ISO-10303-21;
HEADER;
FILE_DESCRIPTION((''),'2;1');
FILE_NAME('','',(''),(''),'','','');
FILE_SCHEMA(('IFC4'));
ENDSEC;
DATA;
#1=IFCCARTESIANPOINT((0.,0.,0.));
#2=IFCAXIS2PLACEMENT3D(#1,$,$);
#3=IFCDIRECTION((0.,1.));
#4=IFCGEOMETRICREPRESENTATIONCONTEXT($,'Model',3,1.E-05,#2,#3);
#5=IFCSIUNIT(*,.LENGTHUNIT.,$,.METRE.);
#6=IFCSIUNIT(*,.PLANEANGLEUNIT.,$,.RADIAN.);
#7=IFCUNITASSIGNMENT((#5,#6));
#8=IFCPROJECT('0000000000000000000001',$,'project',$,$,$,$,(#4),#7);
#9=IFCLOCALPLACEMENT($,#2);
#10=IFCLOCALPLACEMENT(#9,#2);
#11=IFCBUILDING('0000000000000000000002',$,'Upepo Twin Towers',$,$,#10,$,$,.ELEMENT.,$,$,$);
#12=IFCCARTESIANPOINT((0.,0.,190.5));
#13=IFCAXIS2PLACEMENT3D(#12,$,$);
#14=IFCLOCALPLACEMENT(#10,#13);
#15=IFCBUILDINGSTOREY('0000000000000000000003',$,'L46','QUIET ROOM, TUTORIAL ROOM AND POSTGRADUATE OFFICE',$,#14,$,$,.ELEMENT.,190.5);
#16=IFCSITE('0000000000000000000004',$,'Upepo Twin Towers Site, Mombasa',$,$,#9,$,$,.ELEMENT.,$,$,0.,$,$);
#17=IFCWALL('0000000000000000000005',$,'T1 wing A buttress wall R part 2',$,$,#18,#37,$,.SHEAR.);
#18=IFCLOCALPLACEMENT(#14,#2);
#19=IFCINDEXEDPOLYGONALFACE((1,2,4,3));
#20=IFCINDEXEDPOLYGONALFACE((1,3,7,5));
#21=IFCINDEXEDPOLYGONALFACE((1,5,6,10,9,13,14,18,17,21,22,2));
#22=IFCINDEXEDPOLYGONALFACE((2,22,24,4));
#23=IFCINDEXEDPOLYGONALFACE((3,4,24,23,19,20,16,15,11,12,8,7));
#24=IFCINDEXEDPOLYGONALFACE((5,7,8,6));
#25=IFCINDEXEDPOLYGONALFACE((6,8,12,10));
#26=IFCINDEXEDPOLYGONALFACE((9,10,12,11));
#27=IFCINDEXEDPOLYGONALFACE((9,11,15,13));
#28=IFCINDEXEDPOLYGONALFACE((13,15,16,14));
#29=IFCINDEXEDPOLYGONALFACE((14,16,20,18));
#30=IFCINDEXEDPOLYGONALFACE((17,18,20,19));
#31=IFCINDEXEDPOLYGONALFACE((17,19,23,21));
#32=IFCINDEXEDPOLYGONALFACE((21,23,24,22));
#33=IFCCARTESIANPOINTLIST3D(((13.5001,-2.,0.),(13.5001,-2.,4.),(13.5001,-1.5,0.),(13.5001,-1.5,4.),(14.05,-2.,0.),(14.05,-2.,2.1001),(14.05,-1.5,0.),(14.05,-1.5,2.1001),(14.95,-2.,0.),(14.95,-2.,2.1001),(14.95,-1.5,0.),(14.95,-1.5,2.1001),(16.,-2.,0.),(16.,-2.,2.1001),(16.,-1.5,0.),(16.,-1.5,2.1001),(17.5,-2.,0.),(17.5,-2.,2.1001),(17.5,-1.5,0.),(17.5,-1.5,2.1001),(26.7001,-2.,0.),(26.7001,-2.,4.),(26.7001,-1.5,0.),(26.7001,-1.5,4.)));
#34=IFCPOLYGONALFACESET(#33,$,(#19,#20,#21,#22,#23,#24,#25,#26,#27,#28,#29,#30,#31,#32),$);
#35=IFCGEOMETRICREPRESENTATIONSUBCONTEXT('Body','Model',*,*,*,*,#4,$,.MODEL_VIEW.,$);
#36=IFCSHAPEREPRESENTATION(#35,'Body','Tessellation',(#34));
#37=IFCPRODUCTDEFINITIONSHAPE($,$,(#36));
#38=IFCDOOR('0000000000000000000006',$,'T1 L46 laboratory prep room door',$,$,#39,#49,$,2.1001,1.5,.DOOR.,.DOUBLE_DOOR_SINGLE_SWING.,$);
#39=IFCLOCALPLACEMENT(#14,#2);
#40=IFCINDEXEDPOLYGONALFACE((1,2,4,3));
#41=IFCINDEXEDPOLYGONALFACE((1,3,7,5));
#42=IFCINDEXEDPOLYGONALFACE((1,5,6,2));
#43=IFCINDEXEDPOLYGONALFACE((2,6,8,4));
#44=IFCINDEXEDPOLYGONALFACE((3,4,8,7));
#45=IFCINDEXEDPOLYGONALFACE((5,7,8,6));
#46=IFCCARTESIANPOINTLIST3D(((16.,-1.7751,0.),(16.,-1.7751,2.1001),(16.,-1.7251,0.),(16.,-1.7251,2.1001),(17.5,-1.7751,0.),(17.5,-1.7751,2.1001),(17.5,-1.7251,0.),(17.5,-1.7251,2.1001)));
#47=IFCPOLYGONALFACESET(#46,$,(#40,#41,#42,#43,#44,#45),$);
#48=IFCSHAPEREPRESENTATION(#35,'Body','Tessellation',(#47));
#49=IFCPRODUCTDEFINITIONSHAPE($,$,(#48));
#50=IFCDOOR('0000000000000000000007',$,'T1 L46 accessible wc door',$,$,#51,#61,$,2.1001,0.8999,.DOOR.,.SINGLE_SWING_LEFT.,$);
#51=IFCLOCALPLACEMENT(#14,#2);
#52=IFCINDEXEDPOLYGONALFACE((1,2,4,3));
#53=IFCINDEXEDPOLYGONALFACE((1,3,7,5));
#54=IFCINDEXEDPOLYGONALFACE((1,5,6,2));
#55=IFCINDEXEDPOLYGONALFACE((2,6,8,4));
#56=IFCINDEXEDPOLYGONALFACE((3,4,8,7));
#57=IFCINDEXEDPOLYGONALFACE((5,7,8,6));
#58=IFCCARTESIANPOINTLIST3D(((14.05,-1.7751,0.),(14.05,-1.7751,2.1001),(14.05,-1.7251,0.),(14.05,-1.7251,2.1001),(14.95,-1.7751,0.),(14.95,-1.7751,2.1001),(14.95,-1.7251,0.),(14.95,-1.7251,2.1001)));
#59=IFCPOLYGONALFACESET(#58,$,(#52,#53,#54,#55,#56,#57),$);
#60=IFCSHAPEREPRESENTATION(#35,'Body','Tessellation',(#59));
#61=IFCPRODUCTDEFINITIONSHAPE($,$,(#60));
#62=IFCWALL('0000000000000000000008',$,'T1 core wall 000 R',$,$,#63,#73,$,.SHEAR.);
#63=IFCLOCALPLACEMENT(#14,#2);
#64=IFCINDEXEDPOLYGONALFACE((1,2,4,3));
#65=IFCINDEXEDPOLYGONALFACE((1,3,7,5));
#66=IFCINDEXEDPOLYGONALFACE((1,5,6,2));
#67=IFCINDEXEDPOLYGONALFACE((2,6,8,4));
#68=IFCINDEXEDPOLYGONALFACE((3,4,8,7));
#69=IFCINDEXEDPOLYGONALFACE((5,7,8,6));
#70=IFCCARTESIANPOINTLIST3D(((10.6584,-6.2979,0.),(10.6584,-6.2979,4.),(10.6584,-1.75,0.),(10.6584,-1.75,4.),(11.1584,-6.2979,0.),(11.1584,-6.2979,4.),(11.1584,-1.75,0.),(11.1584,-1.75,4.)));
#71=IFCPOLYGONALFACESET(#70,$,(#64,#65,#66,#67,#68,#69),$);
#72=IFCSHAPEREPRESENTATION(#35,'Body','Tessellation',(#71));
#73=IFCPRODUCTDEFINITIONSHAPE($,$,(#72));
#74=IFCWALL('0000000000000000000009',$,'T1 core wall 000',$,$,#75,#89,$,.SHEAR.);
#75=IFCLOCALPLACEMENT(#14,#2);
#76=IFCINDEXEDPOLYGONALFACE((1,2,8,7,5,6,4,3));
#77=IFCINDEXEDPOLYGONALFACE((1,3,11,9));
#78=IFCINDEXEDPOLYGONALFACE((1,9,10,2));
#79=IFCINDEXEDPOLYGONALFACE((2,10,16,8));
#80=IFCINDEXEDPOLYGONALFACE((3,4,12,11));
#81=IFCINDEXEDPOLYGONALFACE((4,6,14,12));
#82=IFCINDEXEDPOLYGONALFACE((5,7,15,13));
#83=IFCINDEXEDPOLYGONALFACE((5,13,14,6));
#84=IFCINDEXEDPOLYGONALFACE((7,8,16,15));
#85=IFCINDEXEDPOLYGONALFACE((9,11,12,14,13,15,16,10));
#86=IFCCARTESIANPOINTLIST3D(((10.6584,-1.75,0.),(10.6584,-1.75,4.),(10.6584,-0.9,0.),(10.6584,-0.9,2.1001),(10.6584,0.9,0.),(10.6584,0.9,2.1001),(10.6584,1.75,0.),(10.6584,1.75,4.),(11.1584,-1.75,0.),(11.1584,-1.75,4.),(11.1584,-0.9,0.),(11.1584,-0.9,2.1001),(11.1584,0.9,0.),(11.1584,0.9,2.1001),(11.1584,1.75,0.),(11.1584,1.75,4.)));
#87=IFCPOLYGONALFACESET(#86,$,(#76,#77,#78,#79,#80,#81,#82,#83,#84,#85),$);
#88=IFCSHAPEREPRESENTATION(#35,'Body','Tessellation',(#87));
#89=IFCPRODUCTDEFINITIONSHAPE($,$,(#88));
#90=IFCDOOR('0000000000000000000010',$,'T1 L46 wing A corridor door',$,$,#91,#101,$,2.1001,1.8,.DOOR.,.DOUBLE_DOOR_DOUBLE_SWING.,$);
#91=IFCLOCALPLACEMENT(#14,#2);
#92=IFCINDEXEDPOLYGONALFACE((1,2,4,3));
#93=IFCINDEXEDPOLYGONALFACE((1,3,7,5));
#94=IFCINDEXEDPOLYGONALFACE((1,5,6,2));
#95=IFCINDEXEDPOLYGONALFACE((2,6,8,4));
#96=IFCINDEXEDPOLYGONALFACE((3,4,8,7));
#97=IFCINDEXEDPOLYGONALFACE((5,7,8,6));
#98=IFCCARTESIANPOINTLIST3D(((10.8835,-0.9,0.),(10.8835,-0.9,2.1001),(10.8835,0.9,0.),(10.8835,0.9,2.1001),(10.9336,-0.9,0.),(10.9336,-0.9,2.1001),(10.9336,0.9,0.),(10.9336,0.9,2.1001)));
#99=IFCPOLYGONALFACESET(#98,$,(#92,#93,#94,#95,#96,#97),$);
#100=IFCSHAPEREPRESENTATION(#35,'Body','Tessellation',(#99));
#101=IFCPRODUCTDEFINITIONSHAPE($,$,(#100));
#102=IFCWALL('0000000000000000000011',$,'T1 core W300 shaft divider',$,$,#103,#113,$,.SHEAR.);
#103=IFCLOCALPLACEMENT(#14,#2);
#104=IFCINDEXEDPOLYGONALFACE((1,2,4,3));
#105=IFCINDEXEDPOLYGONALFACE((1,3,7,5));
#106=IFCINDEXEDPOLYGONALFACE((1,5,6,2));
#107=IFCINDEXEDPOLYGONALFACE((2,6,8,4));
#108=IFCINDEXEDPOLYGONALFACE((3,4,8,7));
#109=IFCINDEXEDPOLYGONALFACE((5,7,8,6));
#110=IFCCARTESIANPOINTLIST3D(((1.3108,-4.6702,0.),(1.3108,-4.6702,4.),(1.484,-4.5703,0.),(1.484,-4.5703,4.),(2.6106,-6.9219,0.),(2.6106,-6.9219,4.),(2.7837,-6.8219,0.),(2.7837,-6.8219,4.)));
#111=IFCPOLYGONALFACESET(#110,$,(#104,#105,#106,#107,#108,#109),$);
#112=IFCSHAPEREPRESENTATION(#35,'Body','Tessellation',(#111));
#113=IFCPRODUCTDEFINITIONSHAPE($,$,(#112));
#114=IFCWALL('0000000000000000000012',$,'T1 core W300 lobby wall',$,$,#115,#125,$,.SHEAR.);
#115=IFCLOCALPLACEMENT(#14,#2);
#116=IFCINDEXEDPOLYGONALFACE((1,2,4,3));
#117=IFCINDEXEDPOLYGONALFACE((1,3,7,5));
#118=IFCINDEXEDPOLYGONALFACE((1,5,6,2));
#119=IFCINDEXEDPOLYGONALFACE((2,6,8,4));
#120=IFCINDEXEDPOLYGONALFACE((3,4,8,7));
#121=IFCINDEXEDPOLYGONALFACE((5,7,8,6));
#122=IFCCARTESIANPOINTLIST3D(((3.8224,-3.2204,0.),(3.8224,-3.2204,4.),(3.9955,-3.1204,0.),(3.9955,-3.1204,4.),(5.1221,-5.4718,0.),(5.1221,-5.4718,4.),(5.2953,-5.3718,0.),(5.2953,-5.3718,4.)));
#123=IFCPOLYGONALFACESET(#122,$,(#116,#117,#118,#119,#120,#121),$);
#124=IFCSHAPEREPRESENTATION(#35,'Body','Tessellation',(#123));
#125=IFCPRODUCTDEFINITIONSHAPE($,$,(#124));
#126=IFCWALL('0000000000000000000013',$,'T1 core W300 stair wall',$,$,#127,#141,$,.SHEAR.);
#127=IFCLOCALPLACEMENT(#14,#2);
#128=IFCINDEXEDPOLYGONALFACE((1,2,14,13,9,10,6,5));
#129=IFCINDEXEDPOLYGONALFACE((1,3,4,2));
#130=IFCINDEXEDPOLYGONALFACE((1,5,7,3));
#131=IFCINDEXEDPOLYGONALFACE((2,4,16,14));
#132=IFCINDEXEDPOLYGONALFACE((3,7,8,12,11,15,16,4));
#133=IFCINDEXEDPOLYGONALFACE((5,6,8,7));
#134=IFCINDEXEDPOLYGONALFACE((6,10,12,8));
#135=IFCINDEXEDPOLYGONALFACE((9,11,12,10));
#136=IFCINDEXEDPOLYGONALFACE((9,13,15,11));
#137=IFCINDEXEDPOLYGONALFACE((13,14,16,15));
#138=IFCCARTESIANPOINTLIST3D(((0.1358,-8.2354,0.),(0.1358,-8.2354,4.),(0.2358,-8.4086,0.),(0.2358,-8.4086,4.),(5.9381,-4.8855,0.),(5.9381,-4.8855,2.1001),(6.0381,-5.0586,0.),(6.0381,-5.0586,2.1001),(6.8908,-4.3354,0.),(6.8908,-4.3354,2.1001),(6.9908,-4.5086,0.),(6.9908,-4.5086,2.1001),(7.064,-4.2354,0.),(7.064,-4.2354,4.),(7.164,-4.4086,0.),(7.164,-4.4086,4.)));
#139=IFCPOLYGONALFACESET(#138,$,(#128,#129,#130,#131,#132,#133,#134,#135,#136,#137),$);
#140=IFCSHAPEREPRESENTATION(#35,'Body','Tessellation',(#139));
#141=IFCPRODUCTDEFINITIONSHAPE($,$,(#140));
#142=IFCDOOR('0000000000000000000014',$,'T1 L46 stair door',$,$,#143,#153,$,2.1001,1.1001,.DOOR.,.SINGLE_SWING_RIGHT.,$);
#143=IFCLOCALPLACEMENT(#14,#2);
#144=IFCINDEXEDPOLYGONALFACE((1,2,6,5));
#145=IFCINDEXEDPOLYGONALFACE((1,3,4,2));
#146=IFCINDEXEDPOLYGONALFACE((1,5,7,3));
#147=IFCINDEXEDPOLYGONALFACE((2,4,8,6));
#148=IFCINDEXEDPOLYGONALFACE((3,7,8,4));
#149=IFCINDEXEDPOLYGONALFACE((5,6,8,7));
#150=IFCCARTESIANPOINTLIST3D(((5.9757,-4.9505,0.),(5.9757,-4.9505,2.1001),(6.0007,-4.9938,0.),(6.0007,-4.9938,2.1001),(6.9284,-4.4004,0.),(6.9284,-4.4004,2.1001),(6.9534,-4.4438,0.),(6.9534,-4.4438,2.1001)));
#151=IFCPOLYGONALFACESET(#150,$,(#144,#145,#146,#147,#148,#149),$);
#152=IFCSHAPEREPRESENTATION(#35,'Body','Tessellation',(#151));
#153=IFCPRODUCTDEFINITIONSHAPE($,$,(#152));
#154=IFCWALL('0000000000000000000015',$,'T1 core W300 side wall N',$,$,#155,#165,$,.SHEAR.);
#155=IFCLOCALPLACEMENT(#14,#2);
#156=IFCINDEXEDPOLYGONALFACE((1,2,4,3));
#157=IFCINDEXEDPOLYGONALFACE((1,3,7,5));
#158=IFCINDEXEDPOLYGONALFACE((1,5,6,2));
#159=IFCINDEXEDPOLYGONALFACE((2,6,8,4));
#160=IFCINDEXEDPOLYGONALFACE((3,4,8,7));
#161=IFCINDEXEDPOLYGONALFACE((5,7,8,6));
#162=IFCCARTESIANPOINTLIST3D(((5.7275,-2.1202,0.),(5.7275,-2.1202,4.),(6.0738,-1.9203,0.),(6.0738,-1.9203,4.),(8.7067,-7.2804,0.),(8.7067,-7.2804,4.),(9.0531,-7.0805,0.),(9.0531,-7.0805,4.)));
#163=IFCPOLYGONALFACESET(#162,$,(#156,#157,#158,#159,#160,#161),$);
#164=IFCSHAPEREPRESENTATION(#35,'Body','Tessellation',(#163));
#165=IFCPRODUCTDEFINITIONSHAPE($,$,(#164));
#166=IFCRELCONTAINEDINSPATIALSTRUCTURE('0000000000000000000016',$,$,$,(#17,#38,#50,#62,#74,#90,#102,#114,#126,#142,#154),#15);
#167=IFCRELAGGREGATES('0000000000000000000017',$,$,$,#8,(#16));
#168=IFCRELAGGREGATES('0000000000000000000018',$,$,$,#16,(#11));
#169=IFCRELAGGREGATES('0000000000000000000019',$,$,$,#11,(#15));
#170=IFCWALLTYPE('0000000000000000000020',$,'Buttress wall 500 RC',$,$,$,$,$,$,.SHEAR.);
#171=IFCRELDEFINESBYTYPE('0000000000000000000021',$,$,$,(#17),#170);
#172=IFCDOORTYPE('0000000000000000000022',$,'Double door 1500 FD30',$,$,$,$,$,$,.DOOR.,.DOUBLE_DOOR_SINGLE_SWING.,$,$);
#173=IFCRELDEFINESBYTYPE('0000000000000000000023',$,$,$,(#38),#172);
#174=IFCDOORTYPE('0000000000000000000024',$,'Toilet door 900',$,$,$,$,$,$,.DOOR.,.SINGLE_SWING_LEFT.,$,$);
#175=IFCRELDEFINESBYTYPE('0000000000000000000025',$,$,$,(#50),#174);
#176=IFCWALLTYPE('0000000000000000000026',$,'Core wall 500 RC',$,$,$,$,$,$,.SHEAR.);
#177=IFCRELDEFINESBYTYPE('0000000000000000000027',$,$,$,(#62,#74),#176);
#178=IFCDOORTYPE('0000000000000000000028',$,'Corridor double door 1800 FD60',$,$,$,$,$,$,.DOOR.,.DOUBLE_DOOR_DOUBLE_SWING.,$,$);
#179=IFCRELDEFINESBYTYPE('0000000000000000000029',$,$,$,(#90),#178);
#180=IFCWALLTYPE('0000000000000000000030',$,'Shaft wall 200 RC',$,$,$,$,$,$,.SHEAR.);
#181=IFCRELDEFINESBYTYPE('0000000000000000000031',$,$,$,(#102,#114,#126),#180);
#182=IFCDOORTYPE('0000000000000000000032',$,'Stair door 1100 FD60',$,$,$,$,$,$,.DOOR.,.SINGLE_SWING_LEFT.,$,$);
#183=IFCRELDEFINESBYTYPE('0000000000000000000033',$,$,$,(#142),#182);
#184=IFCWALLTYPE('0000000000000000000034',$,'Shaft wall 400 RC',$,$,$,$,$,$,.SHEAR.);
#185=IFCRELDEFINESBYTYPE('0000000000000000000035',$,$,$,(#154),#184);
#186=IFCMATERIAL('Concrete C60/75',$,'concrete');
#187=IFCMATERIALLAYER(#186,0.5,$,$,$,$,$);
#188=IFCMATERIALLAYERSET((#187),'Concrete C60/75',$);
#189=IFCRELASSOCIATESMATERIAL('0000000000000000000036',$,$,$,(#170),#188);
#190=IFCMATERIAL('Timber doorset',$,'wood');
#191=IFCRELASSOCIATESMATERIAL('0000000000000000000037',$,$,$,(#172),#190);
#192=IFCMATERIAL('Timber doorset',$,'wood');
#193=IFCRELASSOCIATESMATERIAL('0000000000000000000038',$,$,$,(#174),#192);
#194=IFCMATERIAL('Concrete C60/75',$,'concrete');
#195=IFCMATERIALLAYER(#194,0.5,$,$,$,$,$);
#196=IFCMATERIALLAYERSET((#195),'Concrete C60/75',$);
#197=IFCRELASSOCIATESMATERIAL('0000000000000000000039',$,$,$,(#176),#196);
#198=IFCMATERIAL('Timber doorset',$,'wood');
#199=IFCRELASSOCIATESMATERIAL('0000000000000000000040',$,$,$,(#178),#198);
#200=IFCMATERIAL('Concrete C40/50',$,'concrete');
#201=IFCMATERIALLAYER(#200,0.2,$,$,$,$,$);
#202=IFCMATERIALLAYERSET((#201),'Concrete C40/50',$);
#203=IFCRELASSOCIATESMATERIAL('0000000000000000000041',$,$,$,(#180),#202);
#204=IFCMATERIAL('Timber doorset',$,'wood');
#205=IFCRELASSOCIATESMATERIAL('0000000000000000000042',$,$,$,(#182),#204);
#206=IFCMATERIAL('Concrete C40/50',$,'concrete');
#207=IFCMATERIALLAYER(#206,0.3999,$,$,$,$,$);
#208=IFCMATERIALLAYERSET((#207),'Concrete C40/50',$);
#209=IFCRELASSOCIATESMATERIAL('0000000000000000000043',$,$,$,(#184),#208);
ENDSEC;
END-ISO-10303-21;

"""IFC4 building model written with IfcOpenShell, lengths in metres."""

from ifc_helpers import new_model, si_unit, direction, frame, frame_2d, origin, place, context, subcontext, project, spatial, rectangle, extrude, material, layer, layer_set, type_object, element, fill, save


model = new_model("IFC4")

# Units and contexts
model_context = context("Model", 3, precision=1e-05, world=origin(), true_north=direction((0.0, 1.0)))
body_context = subcontext(model_context, "Body", "Model", "MODEL_VIEW")
ifc_project = project(units=[si_unit("LENGTHUNIT", "METRE"), si_unit("PLANEANGLEUNIT", "RADIAN")], contexts=[model_context])

# Site, building, storey
site_placement = place(None, origin())
site = spatial("IfcSite", under=ifc_project, at=site_placement, Name="Upepo Twin Towers Site, Mombasa", CompositionType="ELEMENT", RefElevation=0.0)
building_placement = place(site_placement, origin())
building = spatial("IfcBuilding", under=site, at=building_placement, Name="Upepo Twin Towers", CompositionType="ELEMENT")
storey_placement = place(building_placement, frame((0.0, 0.0, 190.5)))
storey = spatial("IfcBuildingStorey", under=building, at=storey_placement, Name="L46", Description="QUIET ROOM, TUTORIAL ROOM AND POSTGRADUATE OFFICE", CompositionType="ELEMENT", Elevation=190.5)

# Wall, openings, doors
ifc_material_1 = material(Name="Concrete C60/75", Category="concrete")
ifc_layer_1 = layer(ifc_material_1, 0.5)
ifc_layer_set_1 = layer_set([ifc_layer_1], Name="Concrete C60/75")
wall_type_1 = type_object("IfcWallType", Name="Buttress wall 500 RC", PredefinedType="SHEAR", material=ifc_layer_set_1)
wall_1_placement = place(storey_placement, frame((13.5, -1.75, 0.0), z_axis=(0.0, 0.0, 1.0), x_axis=(1.0, 0.0, 0.0)))
wall_1 = element("IfcWall", 1, at=wall_1_placement, inside=storey, type_object=wall_type_1, Name="T1 wing A buttress wall R part 2", PredefinedType="SHEAR", context=body_context, shape_type="SweptSolid", body=[
    extrude(rectangle(XDim=13.2, YDim=0.5, at=frame_2d((6.6001, 0.0))), origin(), (0.0, 0.0, 1.0), 4.0),
])
opening_1_placement = place(wall_1_placement, frame((0.55, 0.0, 0.0)))
opening_1 = element("IfcOpeningElement", 2, at=opening_1_placement, cuts=wall_1, PredefinedType="OPENING", context=body_context, shape_type="SweptSolid", body=[
    extrude(rectangle(XDim=0.8999, YDim=2.1001, at=frame_2d((0.45, 1.05))), frame((0.0, 0.26, 0.0), z_axis=(0.0, -1.0, 0.0), x_axis=(1.0, 0.0, 0.0)), (0.0, 0.0, 1.0), 0.52),
])
opening_2_placement = place(wall_1_placement, frame((2.5, 0.0, 0.0)))
opening_2 = element("IfcOpeningElement", 3, at=opening_2_placement, cuts=wall_1, PredefinedType="OPENING", context=body_context, shape_type="SweptSolid", body=[
    extrude(rectangle(XDim=1.5, YDim=2.1001, at=frame_2d((0.75, 1.05))), frame((0.0, 0.26, 0.0), z_axis=(0.0, -1.0, 0.0), x_axis=(1.0, 0.0, 0.0)), (0.0, 0.0, 1.0), 0.52),
])
ifc_material_2 = material(Name="Timber doorset", Category="wood")
door_type_1 = type_object("IfcDoorType", Name="Double door 1500 FD30", OperationType="DOUBLE_DOOR_SINGLE_SWING", PredefinedType="DOOR", material=ifc_material_2)
door_1_placement = place(opening_2_placement, origin())
door_1 = element("IfcDoor", 4, at=door_1_placement, inside=storey, type_object=door_type_1, Name="T1 L46 laboratory prep room door", OperationType="DOUBLE_DOOR_SINGLE_SWING", OverallHeight=2.1001, OverallWidth=1.5, PredefinedType="DOOR", context=body_context, shape_type="SweptSolid", body=[
    extrude(rectangle(XDim=1.5, YDim=2.1001, at=frame_2d((0.75, 1.05))), frame((0.0, 0.0249, 0.0), z_axis=(0.0, -1.0, 0.0), x_axis=(1.0, 0.0, 0.0)), (0.0, 0.0, 1.0), 0.05),
])
fill(opening_2, door_1)
ifc_material_3 = material(Name="Timber doorset", Category="wood")
door_type_2 = type_object("IfcDoorType", Name="Toilet door 900", OperationType="SINGLE_SWING_LEFT", PredefinedType="DOOR", material=ifc_material_3)
door_2_placement = place(opening_1_placement, origin())
door_2 = element("IfcDoor", 5, at=door_2_placement, inside=storey, type_object=door_type_2, Name="T1 L46 accessible wc door", OperationType="SINGLE_SWING_LEFT", OverallHeight=2.1001, OverallWidth=0.8999, PredefinedType="DOOR", context=body_context, shape_type="SweptSolid", body=[
    extrude(rectangle(XDim=0.8999, YDim=2.1001, at=frame_2d((0.45, 1.05))), frame((0.0, 0.0249, 0.0), z_axis=(0.0, -1.0, 0.0), x_axis=(1.0, 0.0, 0.0)), (0.0, 0.0, 1.0), 0.05),
])
fill(opening_1, door_2)

# Wall
ifc_material_4 = material(Name="Concrete C60/75", Category="concrete")
ifc_layer_2 = layer(ifc_material_4, 0.5)
ifc_layer_set_2 = layer_set([ifc_layer_2], Name="Concrete C60/75")
wall_type_2 = type_object("IfcWallType", Name="Core wall 500 RC", PredefinedType="SHEAR", material=ifc_layer_set_2)
wall_2_placement = place(storey_placement, frame((10.9084, -6.2979, 0.0), z_axis=(0.0, 0.0, 1.0), x_axis=(0.0, 1.0, 0.0)))
element("IfcWall", 6, at=wall_2_placement, inside=storey, type_object=wall_type_2, Name="T1 core wall 000 R", PredefinedType="SHEAR", context=body_context, shape_type="SweptSolid", body=[
    extrude(rectangle(XDim=4.5479, YDim=0.5, at=frame_2d((2.2739, 0.0))), origin(), (0.0, 0.0, 1.0), 4.0),
])

# Wall, opening, door
wall_3_placement = place(storey_placement, frame((10.9084, -1.75, 0.0), z_axis=(0.0, 0.0, 1.0), x_axis=(0.0, 1.0, 0.0)))
wall_3 = element("IfcWall", 7, at=wall_3_placement, inside=storey, type_object=wall_type_2, Name="T1 core wall 000", PredefinedType="SHEAR", context=body_context, shape_type="SweptSolid", body=[
    extrude(rectangle(XDim=3.5, YDim=0.5, at=frame_2d((1.75, 0.0))), origin(), (0.0, 0.0, 1.0), 4.0),
])
opening_3_placement = place(wall_3_placement, frame((0.8501, 0.0, 0.0)))
opening_3 = element("IfcOpeningElement", 8, at=opening_3_placement, cuts=wall_3, PredefinedType="OPENING", context=body_context, shape_type="SweptSolid", body=[
    extrude(rectangle(XDim=1.8, YDim=2.1001, at=frame_2d((0.8999, 1.05))), frame((0.0, 0.26, 0.0), z_axis=(0.0, -1.0, 0.0), x_axis=(1.0, 0.0, 0.0)), (0.0, 0.0, 1.0), 0.52),
])
ifc_material_5 = material(Name="Timber doorset", Category="wood")
door_type_3 = type_object("IfcDoorType", Name="Corridor double door 1800 FD60", OperationType="DOUBLE_DOOR_DOUBLE_SWING", PredefinedType="DOOR", material=ifc_material_5)
door_3_placement = place(opening_3_placement, origin())
door_3 = element("IfcDoor", 9, at=door_3_placement, inside=storey, type_object=door_type_3, Name="T1 L46 wing A corridor door", OperationType="DOUBLE_DOOR_DOUBLE_SWING", OverallHeight=2.1001, OverallWidth=1.8, PredefinedType="DOOR", context=body_context, shape_type="SweptSolid", body=[
    extrude(rectangle(XDim=1.8, YDim=2.1001, at=frame_2d((0.8999, 1.05))), frame((0.0, 0.0249, 0.0), z_axis=(0.0, -1.0, 0.0), x_axis=(1.0, 0.0, 0.0)), (0.0, 0.0, 1.0), 0.05),
])
fill(opening_3, door_3)

# Walls
ifc_material_6 = material(Name="Concrete C40/50", Category="concrete")
ifc_layer_3 = layer(ifc_material_6, 0.2)
ifc_layer_set_3 = layer_set([ifc_layer_3], Name="Concrete C40/50")
wall_type_3 = type_object("IfcWallType", Name="Shaft wall 200 RC", PredefinedType="SHEAR", material=ifc_layer_set_3)
wall_4_placement = place(storey_placement, frame((1.3975, -4.6204, 0.0), z_axis=(0.0, 0.0, 1.0), x_axis=(0.499937, -0.866062, 0.0)))
element("IfcWall", 10, at=wall_4_placement, inside=storey, type_object=wall_type_3, Name="T1 core W300 shaft divider", PredefinedType="SHEAR", context=body_context, shape_type="SweptSolid", body=[
    extrude(rectangle(XDim=2.5999, YDim=0.2, at=frame_2d((1.2998, 0.0))), origin(), (0.0, 0.0, 1.0), 4.0),
])
wall_5_placement = place(storey_placement, frame((3.9089, -3.1704, 0.0), z_axis=(0.0, 0.0, 1.0), x_axis=(0.499977, -0.866039, 0.0)))
element("IfcWall", 11, at=wall_5_placement, inside=storey, type_object=wall_type_3, Name="T1 core W300 lobby wall", PredefinedType="SHEAR", context=body_context, shape_type="SweptSolid", body=[
    extrude(rectangle(XDim=2.5996, YDim=0.2, at=frame_2d((1.2998, 0.0))), origin(), (0.0, 0.0, 1.0), 4.0),
])

# Wall, opening, door
wall_6_placement = place(storey_placement, frame((0.1858, -8.322, 0.0), z_axis=(0.0, 0.0, 1.0), x_axis=(0.866026, 0.499999, 0.0)))
wall_6 = element("IfcWall", 12, at=wall_6_placement, inside=storey, type_object=wall_type_3, Name="T1 core W300 stair wall", PredefinedType="SHEAR", context=body_context, shape_type="SweptSolid", body=[
    extrude(rectangle(XDim=8.0, YDim=0.2, at=frame_2d((4.0, 0.0))), origin(), (0.0, 0.0, 1.0), 4.0),
])
opening_4_placement = place(wall_6_placement, frame((6.7, 0.0, 0.0)))
opening_4 = element("IfcOpeningElement", 13, at=opening_4_placement, cuts=wall_6, PredefinedType="OPENING", context=body_context, shape_type="SweptSolid", body=[
    extrude(rectangle(XDim=1.1001, YDim=2.1001, at=frame_2d((0.55, 1.05))), frame((0.0, 0.1099, 0.0), z_axis=(0.0, -1.0, 0.0), x_axis=(1.0, 0.0, 0.0)), (0.0, 0.0, 1.0), 0.22),
])
ifc_material_7 = material(Name="Timber doorset", Category="wood")
door_type_4 = type_object("IfcDoorType", Name="Stair door 1100 FD60", OperationType="SINGLE_SWING_LEFT", PredefinedType="DOOR", material=ifc_material_7)
door_4_placement = place(opening_4_placement, origin())
door_4 = element("IfcDoor", 14, at=door_4_placement, inside=storey, type_object=door_type_4, Name="T1 L46 stair door", OperationType="SINGLE_SWING_RIGHT", OverallHeight=2.1001, OverallWidth=1.1001, PredefinedType="DOOR", context=body_context, shape_type="SweptSolid", body=[
    extrude(rectangle(XDim=1.1001, YDim=2.1001, at=frame_2d((0.55, 1.05))), frame((0.0, 0.0249, 0.0), z_axis=(0.0, -1.0, 0.0), x_axis=(1.0, 0.0, 0.0)), (0.0, 0.0, 1.0), 0.05),
])
fill(opening_4, door_4)

# Wall
ifc_material_8 = material(Name="Concrete C40/50", Category="concrete")
ifc_layer_4 = layer(ifc_material_8, 0.3999)
ifc_layer_set_4 = layer_set([ifc_layer_4], Name="Concrete C40/50")
wall_type_4 = type_object("IfcWallType", Name="Shaft wall 400 RC", PredefinedType="SHEAR", material=ifc_layer_set_4)
wall_7_placement = place(storey_placement, frame((5.9006, -2.0203, 0.0), z_axis=(0.0, 0.0, 1.0), x_axis=(0.500004, -0.866023, 0.0)))
element("IfcWall", 15, at=wall_7_placement, inside=storey, type_object=wall_type_4, Name="T1 core W300 side wall N", PredefinedType="SHEAR", context=body_context, shape_type="SweptSolid", body=[
    extrude(rectangle(XDim=5.9585, YDim=0.3999, at=frame_2d((2.9792, 0.0))), origin(), (0.0, 0.0, 1.0), 4.0),
])

save(model, "model.ifc")
